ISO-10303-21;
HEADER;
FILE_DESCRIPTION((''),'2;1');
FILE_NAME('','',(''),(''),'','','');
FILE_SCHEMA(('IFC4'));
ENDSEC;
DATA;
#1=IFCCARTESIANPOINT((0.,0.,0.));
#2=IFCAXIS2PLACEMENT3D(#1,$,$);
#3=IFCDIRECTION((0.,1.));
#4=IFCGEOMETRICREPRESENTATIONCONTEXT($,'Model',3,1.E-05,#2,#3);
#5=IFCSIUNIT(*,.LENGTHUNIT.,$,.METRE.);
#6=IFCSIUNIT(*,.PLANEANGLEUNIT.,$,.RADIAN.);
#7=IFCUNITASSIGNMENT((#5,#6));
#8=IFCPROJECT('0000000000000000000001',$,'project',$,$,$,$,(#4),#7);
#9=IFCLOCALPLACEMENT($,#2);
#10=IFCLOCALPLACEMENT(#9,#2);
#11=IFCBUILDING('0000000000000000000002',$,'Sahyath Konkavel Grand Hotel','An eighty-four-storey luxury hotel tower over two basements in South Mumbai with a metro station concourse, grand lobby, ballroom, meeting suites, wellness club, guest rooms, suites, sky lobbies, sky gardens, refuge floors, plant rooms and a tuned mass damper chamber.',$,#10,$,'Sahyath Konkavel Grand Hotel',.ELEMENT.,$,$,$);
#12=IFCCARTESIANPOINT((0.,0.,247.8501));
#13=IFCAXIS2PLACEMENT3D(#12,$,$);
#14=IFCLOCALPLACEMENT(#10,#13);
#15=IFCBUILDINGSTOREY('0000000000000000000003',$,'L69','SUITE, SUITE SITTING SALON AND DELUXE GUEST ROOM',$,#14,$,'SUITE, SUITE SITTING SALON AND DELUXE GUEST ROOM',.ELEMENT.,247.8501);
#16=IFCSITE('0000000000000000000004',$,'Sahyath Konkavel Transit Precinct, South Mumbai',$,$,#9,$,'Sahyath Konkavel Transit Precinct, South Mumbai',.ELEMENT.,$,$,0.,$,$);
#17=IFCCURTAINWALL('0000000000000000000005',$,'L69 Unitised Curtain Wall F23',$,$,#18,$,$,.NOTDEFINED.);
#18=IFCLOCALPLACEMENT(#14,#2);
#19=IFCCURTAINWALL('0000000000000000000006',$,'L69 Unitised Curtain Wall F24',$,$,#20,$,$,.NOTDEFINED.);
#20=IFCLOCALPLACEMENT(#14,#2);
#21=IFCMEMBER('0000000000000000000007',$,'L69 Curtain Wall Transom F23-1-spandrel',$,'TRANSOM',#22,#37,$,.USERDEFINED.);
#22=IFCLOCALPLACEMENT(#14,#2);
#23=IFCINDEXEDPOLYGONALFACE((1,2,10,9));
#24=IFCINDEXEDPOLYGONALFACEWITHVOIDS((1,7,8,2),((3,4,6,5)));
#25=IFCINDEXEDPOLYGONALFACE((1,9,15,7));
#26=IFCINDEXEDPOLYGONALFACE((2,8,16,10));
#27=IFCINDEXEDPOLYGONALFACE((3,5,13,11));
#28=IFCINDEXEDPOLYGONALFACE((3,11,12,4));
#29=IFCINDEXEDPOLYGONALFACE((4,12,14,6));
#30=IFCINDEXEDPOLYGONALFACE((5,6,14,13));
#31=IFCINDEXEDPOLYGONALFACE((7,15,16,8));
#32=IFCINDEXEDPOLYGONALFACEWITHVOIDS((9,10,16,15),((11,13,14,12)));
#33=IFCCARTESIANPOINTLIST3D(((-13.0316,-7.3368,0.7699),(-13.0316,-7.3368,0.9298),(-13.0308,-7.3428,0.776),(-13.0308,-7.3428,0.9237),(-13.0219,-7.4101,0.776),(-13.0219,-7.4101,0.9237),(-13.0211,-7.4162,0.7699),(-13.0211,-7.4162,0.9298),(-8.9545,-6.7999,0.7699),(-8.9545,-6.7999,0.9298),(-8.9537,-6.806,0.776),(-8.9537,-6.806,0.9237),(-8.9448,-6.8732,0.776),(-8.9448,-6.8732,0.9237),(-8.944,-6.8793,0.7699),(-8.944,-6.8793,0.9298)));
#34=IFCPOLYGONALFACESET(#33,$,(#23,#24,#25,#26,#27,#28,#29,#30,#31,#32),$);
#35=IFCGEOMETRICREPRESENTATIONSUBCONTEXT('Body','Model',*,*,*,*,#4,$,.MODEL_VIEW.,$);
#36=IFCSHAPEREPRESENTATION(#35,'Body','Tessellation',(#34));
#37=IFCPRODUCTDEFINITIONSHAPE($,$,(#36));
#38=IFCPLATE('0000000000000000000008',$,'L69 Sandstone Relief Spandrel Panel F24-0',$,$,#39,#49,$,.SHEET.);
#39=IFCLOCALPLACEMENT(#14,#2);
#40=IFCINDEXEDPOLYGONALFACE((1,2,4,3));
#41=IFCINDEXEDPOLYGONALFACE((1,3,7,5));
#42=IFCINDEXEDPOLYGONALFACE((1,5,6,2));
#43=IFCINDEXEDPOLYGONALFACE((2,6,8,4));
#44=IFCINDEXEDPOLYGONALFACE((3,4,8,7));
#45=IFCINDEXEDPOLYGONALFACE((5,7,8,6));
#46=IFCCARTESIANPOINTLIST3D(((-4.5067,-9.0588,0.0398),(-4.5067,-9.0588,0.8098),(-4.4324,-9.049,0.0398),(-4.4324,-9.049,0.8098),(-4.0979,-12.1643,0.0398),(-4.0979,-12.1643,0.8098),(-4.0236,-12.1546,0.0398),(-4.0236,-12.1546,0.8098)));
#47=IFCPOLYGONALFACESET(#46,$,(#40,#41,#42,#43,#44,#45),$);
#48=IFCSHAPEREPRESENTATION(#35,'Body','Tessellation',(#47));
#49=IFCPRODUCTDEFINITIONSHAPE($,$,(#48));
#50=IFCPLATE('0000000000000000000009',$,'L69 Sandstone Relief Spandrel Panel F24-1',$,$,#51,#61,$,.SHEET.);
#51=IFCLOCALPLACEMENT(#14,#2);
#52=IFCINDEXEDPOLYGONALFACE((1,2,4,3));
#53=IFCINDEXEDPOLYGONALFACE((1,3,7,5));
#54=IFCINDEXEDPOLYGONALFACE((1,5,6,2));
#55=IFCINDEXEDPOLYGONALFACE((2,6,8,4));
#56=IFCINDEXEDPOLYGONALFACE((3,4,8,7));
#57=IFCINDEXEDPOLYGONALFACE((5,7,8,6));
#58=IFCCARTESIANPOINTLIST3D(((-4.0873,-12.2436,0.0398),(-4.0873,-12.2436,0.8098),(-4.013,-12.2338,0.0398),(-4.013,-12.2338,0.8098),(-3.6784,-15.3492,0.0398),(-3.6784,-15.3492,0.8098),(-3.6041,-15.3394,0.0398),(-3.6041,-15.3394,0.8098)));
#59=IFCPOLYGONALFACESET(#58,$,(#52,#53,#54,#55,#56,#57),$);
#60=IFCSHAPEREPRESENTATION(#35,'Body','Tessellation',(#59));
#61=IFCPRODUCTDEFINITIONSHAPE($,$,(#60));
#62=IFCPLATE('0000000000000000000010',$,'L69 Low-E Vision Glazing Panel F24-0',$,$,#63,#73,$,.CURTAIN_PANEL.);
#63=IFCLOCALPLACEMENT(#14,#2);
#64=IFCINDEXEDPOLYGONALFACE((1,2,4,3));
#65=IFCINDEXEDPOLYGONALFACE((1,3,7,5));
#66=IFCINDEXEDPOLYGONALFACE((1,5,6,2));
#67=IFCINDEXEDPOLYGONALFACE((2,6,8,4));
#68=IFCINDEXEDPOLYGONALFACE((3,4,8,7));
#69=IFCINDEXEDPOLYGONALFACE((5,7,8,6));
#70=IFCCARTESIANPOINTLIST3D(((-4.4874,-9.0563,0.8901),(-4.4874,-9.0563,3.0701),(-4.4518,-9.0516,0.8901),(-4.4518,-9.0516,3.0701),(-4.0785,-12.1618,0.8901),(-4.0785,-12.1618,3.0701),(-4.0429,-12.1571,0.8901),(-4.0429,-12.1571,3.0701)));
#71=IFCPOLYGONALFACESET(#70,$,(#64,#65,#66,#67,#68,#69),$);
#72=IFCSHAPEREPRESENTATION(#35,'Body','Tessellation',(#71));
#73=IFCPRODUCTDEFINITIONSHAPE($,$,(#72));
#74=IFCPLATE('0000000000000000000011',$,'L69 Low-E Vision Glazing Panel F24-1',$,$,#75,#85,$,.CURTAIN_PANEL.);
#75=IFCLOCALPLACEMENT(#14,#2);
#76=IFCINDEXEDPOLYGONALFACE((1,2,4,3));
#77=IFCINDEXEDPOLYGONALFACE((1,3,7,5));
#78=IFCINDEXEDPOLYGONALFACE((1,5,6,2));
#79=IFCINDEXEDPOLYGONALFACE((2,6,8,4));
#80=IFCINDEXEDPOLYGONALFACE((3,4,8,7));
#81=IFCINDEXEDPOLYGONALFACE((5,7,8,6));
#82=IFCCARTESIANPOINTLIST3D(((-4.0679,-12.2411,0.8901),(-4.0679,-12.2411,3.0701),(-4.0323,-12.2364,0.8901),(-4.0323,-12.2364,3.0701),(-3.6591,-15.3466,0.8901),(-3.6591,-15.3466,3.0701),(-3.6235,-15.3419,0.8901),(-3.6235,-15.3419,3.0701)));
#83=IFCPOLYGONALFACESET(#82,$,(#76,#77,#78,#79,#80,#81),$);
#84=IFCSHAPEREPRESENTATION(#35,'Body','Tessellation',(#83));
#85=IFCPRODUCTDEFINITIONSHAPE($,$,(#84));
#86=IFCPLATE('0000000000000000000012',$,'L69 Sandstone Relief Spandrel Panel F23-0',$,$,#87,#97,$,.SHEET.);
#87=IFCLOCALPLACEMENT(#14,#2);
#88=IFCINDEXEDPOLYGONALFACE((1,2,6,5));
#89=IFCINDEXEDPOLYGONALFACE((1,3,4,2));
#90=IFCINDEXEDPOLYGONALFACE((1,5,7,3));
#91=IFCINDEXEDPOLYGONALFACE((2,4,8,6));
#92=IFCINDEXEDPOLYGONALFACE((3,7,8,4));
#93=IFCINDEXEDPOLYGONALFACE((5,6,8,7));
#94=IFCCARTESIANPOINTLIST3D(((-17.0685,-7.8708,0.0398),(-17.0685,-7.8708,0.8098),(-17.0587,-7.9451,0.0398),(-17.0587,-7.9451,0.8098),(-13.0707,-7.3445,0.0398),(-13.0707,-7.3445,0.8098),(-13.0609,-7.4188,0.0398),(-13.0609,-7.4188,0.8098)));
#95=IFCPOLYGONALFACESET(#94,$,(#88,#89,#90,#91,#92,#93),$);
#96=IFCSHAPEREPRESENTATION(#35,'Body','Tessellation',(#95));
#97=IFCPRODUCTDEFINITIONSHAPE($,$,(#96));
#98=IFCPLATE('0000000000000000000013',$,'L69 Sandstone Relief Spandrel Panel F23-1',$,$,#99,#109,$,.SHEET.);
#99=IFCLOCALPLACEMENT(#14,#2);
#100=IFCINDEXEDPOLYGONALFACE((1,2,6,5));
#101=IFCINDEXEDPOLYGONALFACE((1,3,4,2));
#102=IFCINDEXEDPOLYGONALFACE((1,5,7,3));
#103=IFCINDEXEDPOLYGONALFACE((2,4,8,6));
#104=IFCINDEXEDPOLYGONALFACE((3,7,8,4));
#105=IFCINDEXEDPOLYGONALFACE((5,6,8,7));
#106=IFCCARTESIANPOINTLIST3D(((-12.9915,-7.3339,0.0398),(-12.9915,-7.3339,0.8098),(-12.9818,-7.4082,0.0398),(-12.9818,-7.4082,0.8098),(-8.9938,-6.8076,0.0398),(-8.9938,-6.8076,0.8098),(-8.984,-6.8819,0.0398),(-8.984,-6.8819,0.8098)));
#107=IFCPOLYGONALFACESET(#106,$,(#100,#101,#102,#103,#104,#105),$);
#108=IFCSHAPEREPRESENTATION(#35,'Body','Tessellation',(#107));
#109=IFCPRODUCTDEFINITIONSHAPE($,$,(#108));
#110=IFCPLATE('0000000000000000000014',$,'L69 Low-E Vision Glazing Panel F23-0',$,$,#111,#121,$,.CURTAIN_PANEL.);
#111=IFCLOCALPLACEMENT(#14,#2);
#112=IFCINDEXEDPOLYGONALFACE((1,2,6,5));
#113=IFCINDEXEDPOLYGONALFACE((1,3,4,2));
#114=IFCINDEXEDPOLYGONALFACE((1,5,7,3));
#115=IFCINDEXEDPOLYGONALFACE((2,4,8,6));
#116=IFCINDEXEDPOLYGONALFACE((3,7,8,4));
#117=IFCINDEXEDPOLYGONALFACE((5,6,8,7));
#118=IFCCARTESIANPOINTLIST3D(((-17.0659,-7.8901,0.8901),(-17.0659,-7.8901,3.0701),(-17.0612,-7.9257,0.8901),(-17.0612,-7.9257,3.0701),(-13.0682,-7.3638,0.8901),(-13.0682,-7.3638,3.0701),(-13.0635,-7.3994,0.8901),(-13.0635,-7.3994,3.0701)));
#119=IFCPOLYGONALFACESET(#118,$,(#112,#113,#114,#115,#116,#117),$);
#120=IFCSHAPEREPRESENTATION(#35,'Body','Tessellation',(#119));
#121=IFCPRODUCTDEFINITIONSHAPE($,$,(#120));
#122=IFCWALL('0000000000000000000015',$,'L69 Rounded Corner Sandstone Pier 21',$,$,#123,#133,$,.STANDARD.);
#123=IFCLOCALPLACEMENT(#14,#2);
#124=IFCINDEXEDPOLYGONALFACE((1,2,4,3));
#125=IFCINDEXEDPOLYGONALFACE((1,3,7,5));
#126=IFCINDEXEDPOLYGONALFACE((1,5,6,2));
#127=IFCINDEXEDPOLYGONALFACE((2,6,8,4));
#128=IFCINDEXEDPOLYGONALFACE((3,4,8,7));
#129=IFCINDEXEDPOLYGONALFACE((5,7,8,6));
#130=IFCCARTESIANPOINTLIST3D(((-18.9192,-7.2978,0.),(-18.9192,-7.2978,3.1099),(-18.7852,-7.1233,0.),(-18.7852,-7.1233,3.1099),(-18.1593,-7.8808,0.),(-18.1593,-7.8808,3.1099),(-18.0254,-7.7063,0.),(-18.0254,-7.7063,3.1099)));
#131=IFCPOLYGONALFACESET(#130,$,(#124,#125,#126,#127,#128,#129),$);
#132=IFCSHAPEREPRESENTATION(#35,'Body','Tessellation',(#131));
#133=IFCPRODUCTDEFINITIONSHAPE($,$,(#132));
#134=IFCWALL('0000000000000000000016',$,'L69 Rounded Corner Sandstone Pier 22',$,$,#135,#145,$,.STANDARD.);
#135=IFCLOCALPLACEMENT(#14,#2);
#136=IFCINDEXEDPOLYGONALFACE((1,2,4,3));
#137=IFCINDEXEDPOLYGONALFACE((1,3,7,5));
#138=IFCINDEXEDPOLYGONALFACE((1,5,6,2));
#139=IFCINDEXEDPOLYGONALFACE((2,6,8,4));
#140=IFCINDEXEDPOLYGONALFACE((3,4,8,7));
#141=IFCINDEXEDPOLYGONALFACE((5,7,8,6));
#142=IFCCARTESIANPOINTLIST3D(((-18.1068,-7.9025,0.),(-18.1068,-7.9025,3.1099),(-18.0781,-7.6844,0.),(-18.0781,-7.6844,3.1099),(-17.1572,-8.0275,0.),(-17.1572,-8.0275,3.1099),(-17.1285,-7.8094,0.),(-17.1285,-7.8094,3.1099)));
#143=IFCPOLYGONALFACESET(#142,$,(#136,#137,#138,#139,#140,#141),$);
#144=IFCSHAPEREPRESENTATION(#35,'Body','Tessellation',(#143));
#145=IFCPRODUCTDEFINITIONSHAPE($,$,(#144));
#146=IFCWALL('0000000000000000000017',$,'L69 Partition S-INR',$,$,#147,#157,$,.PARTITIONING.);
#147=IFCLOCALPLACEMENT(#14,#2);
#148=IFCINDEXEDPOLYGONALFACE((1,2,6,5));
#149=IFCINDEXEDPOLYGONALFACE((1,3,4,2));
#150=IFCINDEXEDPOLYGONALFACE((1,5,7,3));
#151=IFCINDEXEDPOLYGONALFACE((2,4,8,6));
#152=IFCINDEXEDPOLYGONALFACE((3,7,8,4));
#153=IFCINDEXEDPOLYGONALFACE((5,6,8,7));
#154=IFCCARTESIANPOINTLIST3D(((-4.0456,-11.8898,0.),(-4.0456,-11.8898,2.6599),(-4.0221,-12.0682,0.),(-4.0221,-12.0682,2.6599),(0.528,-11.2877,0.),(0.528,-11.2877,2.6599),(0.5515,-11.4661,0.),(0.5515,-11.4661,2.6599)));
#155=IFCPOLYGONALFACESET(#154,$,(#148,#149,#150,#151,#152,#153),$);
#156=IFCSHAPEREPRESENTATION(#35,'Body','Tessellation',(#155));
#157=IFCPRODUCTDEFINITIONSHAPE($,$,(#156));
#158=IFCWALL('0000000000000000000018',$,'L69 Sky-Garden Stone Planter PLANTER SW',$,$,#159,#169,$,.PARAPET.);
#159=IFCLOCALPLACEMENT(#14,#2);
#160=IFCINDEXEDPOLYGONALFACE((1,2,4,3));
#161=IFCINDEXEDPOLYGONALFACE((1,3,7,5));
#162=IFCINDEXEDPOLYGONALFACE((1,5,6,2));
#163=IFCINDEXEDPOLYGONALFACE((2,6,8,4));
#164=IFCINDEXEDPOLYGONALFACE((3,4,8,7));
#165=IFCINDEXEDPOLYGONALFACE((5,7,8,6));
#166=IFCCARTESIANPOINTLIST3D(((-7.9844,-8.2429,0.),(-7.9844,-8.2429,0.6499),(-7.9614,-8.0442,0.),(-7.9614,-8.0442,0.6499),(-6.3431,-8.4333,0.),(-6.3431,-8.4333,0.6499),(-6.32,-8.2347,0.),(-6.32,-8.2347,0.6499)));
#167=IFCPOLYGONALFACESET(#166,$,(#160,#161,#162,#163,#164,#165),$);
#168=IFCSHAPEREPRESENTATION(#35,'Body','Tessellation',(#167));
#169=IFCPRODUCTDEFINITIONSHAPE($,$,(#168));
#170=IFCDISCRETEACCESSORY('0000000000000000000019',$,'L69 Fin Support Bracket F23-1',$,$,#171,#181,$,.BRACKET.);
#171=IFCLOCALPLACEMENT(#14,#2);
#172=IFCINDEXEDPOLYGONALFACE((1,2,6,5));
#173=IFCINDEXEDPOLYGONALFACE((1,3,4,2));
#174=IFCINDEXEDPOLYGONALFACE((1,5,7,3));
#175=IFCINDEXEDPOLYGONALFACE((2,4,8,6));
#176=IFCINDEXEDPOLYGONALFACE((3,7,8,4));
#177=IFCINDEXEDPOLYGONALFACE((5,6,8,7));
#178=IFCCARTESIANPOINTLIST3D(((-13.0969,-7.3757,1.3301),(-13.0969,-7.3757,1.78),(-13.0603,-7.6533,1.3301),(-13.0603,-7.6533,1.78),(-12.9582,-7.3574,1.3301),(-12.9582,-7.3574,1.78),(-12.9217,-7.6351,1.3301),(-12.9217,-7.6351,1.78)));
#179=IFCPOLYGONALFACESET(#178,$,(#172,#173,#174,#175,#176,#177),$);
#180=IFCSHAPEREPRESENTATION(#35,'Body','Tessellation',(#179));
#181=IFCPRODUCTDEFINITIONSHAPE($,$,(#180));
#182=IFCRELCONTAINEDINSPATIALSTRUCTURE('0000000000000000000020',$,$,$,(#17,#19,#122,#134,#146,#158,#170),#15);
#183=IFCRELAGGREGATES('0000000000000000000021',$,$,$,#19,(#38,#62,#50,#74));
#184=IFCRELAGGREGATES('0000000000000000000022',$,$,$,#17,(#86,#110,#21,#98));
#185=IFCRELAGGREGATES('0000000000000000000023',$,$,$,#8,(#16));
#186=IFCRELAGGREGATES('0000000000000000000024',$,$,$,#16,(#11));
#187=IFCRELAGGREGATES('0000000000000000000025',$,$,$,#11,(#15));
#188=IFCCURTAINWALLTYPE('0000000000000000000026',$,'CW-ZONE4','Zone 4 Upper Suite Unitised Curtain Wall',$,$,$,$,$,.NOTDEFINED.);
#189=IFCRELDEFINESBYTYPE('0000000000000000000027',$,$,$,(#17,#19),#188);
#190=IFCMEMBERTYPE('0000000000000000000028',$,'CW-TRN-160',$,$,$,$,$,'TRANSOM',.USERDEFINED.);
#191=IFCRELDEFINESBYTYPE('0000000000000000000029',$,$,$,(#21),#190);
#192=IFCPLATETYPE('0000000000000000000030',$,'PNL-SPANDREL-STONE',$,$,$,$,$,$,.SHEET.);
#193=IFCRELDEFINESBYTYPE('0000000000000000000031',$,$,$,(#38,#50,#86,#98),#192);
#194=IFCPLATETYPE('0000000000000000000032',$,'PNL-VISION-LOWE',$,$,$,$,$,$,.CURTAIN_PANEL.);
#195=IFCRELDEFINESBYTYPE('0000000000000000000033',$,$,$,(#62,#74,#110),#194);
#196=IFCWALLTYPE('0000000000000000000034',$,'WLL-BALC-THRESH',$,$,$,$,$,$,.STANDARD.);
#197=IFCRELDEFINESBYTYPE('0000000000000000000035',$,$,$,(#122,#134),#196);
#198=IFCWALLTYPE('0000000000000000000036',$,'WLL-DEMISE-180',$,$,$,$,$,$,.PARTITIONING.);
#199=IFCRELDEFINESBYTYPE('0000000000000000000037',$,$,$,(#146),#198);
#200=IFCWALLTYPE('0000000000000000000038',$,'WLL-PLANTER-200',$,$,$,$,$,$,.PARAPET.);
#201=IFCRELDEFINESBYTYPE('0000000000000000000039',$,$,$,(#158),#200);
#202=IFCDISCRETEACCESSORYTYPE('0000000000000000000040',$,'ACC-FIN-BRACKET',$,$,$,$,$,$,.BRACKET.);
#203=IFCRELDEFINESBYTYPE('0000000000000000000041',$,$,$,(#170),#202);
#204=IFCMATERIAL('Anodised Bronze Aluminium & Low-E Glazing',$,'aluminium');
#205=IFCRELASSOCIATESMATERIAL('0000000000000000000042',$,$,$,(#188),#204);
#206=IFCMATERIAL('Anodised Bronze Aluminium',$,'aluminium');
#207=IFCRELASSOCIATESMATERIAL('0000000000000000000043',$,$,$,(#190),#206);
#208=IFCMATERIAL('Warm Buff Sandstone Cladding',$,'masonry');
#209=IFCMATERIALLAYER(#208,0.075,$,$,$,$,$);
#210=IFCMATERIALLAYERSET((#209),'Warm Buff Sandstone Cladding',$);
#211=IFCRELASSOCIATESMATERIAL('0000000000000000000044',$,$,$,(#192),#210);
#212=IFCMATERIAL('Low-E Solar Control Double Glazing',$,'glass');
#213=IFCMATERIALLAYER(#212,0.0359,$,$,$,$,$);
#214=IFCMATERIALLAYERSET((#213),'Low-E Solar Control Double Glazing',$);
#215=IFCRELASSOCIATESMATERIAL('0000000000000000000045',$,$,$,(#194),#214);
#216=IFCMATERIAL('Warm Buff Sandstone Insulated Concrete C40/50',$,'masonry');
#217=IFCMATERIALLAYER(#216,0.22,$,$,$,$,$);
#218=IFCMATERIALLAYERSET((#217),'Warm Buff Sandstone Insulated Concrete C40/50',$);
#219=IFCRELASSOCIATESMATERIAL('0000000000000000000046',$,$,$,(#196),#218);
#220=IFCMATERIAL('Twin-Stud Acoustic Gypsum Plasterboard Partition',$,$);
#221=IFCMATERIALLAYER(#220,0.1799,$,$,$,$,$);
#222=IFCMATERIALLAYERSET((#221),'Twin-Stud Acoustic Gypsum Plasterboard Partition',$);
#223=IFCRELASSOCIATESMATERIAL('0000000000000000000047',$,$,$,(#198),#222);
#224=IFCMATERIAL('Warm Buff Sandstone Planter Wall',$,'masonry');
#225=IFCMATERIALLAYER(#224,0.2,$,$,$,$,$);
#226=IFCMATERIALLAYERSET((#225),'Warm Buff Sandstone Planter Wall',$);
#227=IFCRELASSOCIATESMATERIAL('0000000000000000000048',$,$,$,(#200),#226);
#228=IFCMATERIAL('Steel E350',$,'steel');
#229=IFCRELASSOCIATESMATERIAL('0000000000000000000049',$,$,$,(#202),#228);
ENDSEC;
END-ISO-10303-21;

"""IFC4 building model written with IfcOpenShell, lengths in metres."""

from ifc_helpers import new_model, si_unit, direction, frame, frame_2d, origin, origin_2d, place, context, subcontext, project, spatial, rectangle, hollow_rectangle, extrude, source, transform, mapped, material, layer, layer_set, material_profile, profile_set, type_object, element, aggregate, save


model = new_model("IFC4")

# Units and contexts
model_context = context("Model", 3, precision=1e-05, world=origin(), true_north=direction((0.0, 1.0)))
body_context = subcontext(model_context, "Body", "Model", "MODEL_VIEW")
ifc_project = project(units=[si_unit("LENGTHUNIT", "METRE"), si_unit("PLANEANGLEUNIT", "RADIAN")], contexts=[model_context])

# Site, building, storey
site_placement = place(None, origin())
site = spatial("IfcSite", under=ifc_project, at=site_placement, Name="Sahyath Konkavel Transit Precinct, South Mumbai", LongName="Sahyath Konkavel Transit Precinct, South Mumbai", CompositionType="ELEMENT", RefElevation=0.0)
building_placement = place(site_placement, origin())
building = spatial("IfcBuilding", under=site, at=building_placement, Name="Sahyath Konkavel Grand Hotel", Description="An eighty-four-storey luxury hotel tower over two basements in South Mumbai with a metro station concourse, grand lobby, ballroom, meeting suites, wellness club, guest rooms, suites, sky lobbies, sky gardens, refuge floors, plant rooms and a tuned mass damper chamber.", LongName="Sahyath Konkavel Grand Hotel", CompositionType="ELEMENT")
storey_placement = place(building_placement, frame((0.0, 0.0, 247.8501)))
storey = spatial("IfcBuildingStorey", under=building, at=storey_placement, Name="L69", Description="SUITE, SUITE SITTING SALON AND DELUXE GUEST ROOM", LongName="SUITE, SUITE SITTING SALON AND DELUXE GUEST ROOM", CompositionType="ELEMENT", Elevation=247.8501)

# Shared definitions
ifc_material_1 = material(Name="Anodised Bronze Aluminium & Low-E Glazing", Category="aluminium")
curtain_wall_type = type_object("IfcCurtainWallType", Name="CW-ZONE4", Description="Zone 4 Upper Suite Unitised Curtain Wall", PredefinedType="NOTDEFINED", material=ifc_material_1)
ifc_material_2 = material(Name="Anodised Bronze Aluminium", Category="aluminium")

# Curtain walls
curtain_wall_1_placement = place(storey_placement, origin())
curtain_wall_1 = element("IfcCurtainWall", 1, at=curtain_wall_1_placement, inside=storey, type_object=curtain_wall_type, Name="L69 Unitised Curtain Wall F23", PredefinedType="NOTDEFINED")
curtain_wall_2_placement = place(storey_placement, origin())
curtain_wall_2 = element("IfcCurtainWall", 2, at=curtain_wall_2_placement, inside=storey, type_object=curtain_wall_type, Name="L69 Unitised Curtain Wall F24", PredefinedType="NOTDEFINED")

# Member
ifc_material_profile_1 = material_profile(ifc_material_2, hollow_rectangle(XDim=0.0801, YDim=0.1599, WallThickness=0.0061, at=origin_2d()), Name="RHS 160x80x6")
ifc_profile_set_1 = profile_set([ifc_material_profile_1], Name="Anodised Bronze Aluminium")
member_type_1 = type_object("IfcMemberType", Name="CW-TRN-160", ElementType="TRANSOM", PredefinedType="USERDEFINED", material=ifc_profile_set_1)
shared_shape_1 = source(origin(), body_context, "Body", "SweptSolid", [
    extrude(hollow_rectangle(XDim=0.0801, YDim=0.1599, WallThickness=0.0061, at=origin_2d()), origin(), (0.0, 0.0, 1.0), 4.1123),
])
member_1_placement = place(storey_placement, frame((-13.0264, -7.3765, 0.8499), z_axis=(0.991442, 0.13055, 0.0), x_axis=(-0.13055, 0.991442, 0.0)))
member_1 = element("IfcMember", 3, at=member_1_placement, type_object=member_type_1, Name="L69 Curtain Wall Transom F23-1-spandrel", ObjectType="TRANSOM", PredefinedType="USERDEFINED", context=body_context, shape_type="MappedRepresentation", body=[
    mapped(shared_shape_1, transform((0.0, 0.0, 0.0), scale=1.0)),
])

# Plates
ifc_material_3 = material(Name="Warm Buff Sandstone Cladding", Category="masonry")
ifc_layer_1 = layer(ifc_material_3, 0.075)
ifc_layer_set_1 = layer_set([ifc_layer_1], Name="Warm Buff Sandstone Cladding")
plate_type_1 = type_object("IfcPlateType", Name="PNL-SPANDREL-STONE", PredefinedType="SHEET", material=ifc_layer_set_1)
shared_shape_2 = source(origin(), body_context, "Body", "SweptSolid", [
    extrude(rectangle(XDim=3.1323, YDim=0.075, at=origin_2d()), origin(), (0.0, 0.0, 1.0), 0.77),
])
plate_1_placement = place(storey_placement, frame((-4.2651, -10.6067, 0.0398), z_axis=(0.0, 0.0, 1.0), x_axis=(0.130526, -0.991445, 0.0)))
plate_1 = element("IfcPlate", 4, at=plate_1_placement, type_object=plate_type_1, Name="L69 Sandstone Relief Spandrel Panel F24-0", PredefinedType="SHEET", context=body_context, shape_type="MappedRepresentation", body=[
    mapped(shared_shape_2, transform((0.0, 0.0, 0.0), scale=1.0)),
])
plate_2_placement = place(storey_placement, frame((-3.8457, -13.7915, 0.0398), z_axis=(0.0, 0.0, 1.0), x_axis=(0.130526, -0.991445, 0.0)))
plate_2 = element("IfcPlate", 5, at=plate_2_placement, type_object=plate_type_1, Name="L69 Sandstone Relief Spandrel Panel F24-1", PredefinedType="SHEET", context=body_context, shape_type="MappedRepresentation", body=[
    mapped(shared_shape_2, transform((0.0, 0.0, 0.0), scale=1.0)),
])
ifc_material_4 = material(Name="Low-E Solar Control Double Glazing", Category="glass")
ifc_layer_2 = layer(ifc_material_4, 0.0359)
ifc_layer_set_2 = layer_set([ifc_layer_2], Name="Low-E Solar Control Double Glazing")
plate_type_2 = type_object("IfcPlateType", Name="PNL-VISION-LOWE", PredefinedType="CURTAIN_PANEL", material=ifc_layer_set_2)
shared_shape_3 = source(origin(), body_context, "Body", "SweptSolid", [
    extrude(rectangle(XDim=3.1323, YDim=0.0359, at=origin_2d()), origin(), (0.0, 0.0, 1.0), 2.1799),
])
plate_3_placement = place(storey_placement, frame((-4.2651, -10.6067, 0.8901), z_axis=(0.0, 0.0, 1.0), x_axis=(0.130526, -0.991445, 0.0)))
plate_3 = element("IfcPlate", 6, at=plate_3_placement, type_object=plate_type_2, Name="L69 Low-E Vision Glazing Panel F24-0", PredefinedType="CURTAIN_PANEL", context=body_context, shape_type="MappedRepresentation", body=[
    mapped(shared_shape_3, transform((0.0, 0.0, 0.0), scale=1.0)),
])
plate_4_placement = place(storey_placement, frame((-3.8457, -13.7915, 0.8901), z_axis=(0.0, 0.0, 1.0), x_axis=(0.130526, -0.991445, 0.0)))
plate_4 = element("IfcPlate", 7, at=plate_4_placement, type_object=plate_type_2, Name="L69 Low-E Vision Glazing Panel F24-1", PredefinedType="CURTAIN_PANEL", context=body_context, shape_type="MappedRepresentation", body=[
    mapped(shared_shape_3, transform((0.0, 0.0, 0.0), scale=1.0)),
])
aggregate(curtain_wall_2, [plate_1, plate_3, plate_2, plate_4])
shared_shape_4 = source(origin(), body_context, "Body", "SweptSolid", [
    extrude(rectangle(XDim=4.0322, YDim=0.075, at=origin_2d()), origin(), (0.0, 0.0, 1.0), 0.77),
])
plate_5_placement = place(storey_placement, frame((-15.0647, -7.6448, 0.0398), z_axis=(0.0, 0.0, 1.0), x_axis=(0.991445, 0.130526, 0.0)))
plate_5 = element("IfcPlate", 8, at=plate_5_placement, type_object=plate_type_1, Name="L69 Sandstone Relief Spandrel Panel F23-0", PredefinedType="SHEET", context=body_context, shape_type="MappedRepresentation", body=[
    mapped(shared_shape_4, transform((0.0, 0.0, 0.0), scale=1.0)),
])
plate_6_placement = place(storey_placement, frame((-10.9878, -7.1079, 0.0398), z_axis=(0.0, 0.0, 1.0), x_axis=(0.991445, 0.130526, 0.0)))
plate_6 = element("IfcPlate", 9, at=plate_6_placement, type_object=plate_type_1, Name="L69 Sandstone Relief Spandrel Panel F23-1", PredefinedType="SHEET", context=body_context, shape_type="MappedRepresentation", body=[
    mapped(shared_shape_4, transform((0.0, 0.0, 0.0), scale=1.0)),
])
shared_shape_5 = source(origin(), body_context, "Body", "SweptSolid", [
    extrude(rectangle(XDim=4.0322, YDim=0.0359, at=origin_2d()), origin(), (0.0, 0.0, 1.0), 2.1799),
])
plate_7_placement = place(storey_placement, frame((-15.0647, -7.6448, 0.8901), z_axis=(0.0, 0.0, 1.0), x_axis=(0.991445, 0.130526, 0.0)))
plate_7 = element("IfcPlate", 10, at=plate_7_placement, type_object=plate_type_2, Name="L69 Low-E Vision Glazing Panel F23-0", PredefinedType="CURTAIN_PANEL", context=body_context, shape_type="MappedRepresentation", body=[
    mapped(shared_shape_5, transform((0.0, 0.0, 0.0), scale=1.0)),
])
aggregate(curtain_wall_1, [plate_5, plate_7, member_1, plate_6])

# Walls
ifc_material_5 = material(Name="Warm Buff Sandstone Insulated Concrete C40/50", Category="masonry")
ifc_layer_3 = layer(ifc_material_5, 0.22)
ifc_layer_set_3 = layer_set([ifc_layer_3], Name="Warm Buff Sandstone Insulated Concrete C40/50")
wall_type_1 = type_object("IfcWallType", Name="WLL-BALC-THRESH", PredefinedType="STANDARD", material=ifc_layer_set_3)
for number, where, z_axis, x_axis, name in (
    (11, (-18.8523, -7.2104, 0.0), (0.0, 0.0, 1.0), (0.793344, -0.608774, 0.0), "L69 Rounded Corner Sandstone Pier 21"),
    (12, (-18.0925, -7.7935, 0.0), (0.0, 0.0, 1.0), (0.991445, -0.130527, 0.0), "L69 Rounded Corner Sandstone Pier 22"),
):
    element("IfcWall", number, at=place(storey_placement, frame(where, z_axis=z_axis, x_axis=x_axis)), inside=storey, type_object=wall_type_1, Name=name, PredefinedType="STANDARD", context=body_context, shape_type="SweptSolid", body=[
        extrude(rectangle(XDim=0.9578, YDim=0.22, at=frame_2d((0.479, 0.0))), origin(), (0.0, 0.0, 1.0), 3.1099),
    ])
ifc_material_6 = material(Name="Twin-Stud Acoustic Gypsum Plasterboard Partition")
ifc_layer_4 = layer(ifc_material_6, 0.1799)
ifc_layer_set_4 = layer_set([ifc_layer_4], Name="Twin-Stud Acoustic Gypsum Plasterboard Partition")
wall_type_2 = type_object("IfcWallType", Name="WLL-DEMISE-180", PredefinedType="PARTITIONING", material=ifc_layer_set_4)
wall_1_placement = place(storey_placement, frame((-4.0339, -11.979, 0.0), z_axis=(0.0, 0.0, 1.0), x_axis=(0.991447, 0.130513, 0.0)))
element("IfcWall", 13, at=wall_1_placement, inside=storey, type_object=wall_type_2, Name="L69 Partition S-INR", PredefinedType="PARTITIONING", context=body_context, shape_type="SweptSolid", body=[
    extrude(rectangle(XDim=4.613, YDim=0.1799, at=frame_2d((2.3066, 0.0))), origin(), (0.0, 0.0, 1.0), 2.6599),
])
ifc_material_7 = material(Name="Warm Buff Sandstone Planter Wall", Category="masonry")
ifc_layer_5 = layer(ifc_material_7, 0.2)
ifc_layer_set_5 = layer_set([ifc_layer_5], Name="Warm Buff Sandstone Planter Wall")
wall_type_3 = type_object("IfcWallType", Name="WLL-PLANTER-200", PredefinedType="PARAPET", material=ifc_layer_set_5)
wall_2_placement = place(storey_placement, frame((-7.9729, -8.1436, 0.0), z_axis=(0.0, 0.0, 1.0), x_axis=(0.993337, -0.115247, 0.0)))
element("IfcWall", 14, at=wall_2_placement, inside=storey, type_object=wall_type_3, Name="L69 Sky-Garden Stone Planter PLANTER SW", PredefinedType="PARAPET", context=body_context, shape_type="SweptSolid", body=[
    extrude(rectangle(XDim=1.6523, YDim=0.2, at=frame_2d((0.8262, 0.0))), origin(), (0.0, 0.0, 1.0), 0.6499),
])

# Discrete accessory
ifc_material_8 = material(Name="Steel E350", Category="steel")
discrete_accessory_type = type_object("IfcDiscreteAccessoryType", Name="ACC-FIN-BRACKET", PredefinedType="BRACKET", material=ifc_material_8)
shared_shape_6 = source(origin(), body_context, "Body", "SweptSolid", [
    extrude(rectangle(XDim=0.28, YDim=0.1399, at=origin_2d()), origin(), (0.0, 0.0, 1.0), 0.45),
])
for number, where, z_axis, x_axis, name in (
    (15, (-13.0093, -7.5054, 1.3301), (0.0, 0.0, 1.0), (0.130526, -0.991445, 0.0), "L69 Fin Support Bracket F23-1"),
):
    element("IfcDiscreteAccessory", number, at=place(storey_placement, frame(where, z_axis=z_axis, x_axis=x_axis)), inside=storey, type_object=discrete_accessory_type, Name=name, PredefinedType="BRACKET", context=body_context, shape_type="MappedRepresentation", body=[
        mapped(shared_shape_6, transform((0.0, 0.0, 0.0), scale=1.0)),
    ])

save(model, "model.ifc")
